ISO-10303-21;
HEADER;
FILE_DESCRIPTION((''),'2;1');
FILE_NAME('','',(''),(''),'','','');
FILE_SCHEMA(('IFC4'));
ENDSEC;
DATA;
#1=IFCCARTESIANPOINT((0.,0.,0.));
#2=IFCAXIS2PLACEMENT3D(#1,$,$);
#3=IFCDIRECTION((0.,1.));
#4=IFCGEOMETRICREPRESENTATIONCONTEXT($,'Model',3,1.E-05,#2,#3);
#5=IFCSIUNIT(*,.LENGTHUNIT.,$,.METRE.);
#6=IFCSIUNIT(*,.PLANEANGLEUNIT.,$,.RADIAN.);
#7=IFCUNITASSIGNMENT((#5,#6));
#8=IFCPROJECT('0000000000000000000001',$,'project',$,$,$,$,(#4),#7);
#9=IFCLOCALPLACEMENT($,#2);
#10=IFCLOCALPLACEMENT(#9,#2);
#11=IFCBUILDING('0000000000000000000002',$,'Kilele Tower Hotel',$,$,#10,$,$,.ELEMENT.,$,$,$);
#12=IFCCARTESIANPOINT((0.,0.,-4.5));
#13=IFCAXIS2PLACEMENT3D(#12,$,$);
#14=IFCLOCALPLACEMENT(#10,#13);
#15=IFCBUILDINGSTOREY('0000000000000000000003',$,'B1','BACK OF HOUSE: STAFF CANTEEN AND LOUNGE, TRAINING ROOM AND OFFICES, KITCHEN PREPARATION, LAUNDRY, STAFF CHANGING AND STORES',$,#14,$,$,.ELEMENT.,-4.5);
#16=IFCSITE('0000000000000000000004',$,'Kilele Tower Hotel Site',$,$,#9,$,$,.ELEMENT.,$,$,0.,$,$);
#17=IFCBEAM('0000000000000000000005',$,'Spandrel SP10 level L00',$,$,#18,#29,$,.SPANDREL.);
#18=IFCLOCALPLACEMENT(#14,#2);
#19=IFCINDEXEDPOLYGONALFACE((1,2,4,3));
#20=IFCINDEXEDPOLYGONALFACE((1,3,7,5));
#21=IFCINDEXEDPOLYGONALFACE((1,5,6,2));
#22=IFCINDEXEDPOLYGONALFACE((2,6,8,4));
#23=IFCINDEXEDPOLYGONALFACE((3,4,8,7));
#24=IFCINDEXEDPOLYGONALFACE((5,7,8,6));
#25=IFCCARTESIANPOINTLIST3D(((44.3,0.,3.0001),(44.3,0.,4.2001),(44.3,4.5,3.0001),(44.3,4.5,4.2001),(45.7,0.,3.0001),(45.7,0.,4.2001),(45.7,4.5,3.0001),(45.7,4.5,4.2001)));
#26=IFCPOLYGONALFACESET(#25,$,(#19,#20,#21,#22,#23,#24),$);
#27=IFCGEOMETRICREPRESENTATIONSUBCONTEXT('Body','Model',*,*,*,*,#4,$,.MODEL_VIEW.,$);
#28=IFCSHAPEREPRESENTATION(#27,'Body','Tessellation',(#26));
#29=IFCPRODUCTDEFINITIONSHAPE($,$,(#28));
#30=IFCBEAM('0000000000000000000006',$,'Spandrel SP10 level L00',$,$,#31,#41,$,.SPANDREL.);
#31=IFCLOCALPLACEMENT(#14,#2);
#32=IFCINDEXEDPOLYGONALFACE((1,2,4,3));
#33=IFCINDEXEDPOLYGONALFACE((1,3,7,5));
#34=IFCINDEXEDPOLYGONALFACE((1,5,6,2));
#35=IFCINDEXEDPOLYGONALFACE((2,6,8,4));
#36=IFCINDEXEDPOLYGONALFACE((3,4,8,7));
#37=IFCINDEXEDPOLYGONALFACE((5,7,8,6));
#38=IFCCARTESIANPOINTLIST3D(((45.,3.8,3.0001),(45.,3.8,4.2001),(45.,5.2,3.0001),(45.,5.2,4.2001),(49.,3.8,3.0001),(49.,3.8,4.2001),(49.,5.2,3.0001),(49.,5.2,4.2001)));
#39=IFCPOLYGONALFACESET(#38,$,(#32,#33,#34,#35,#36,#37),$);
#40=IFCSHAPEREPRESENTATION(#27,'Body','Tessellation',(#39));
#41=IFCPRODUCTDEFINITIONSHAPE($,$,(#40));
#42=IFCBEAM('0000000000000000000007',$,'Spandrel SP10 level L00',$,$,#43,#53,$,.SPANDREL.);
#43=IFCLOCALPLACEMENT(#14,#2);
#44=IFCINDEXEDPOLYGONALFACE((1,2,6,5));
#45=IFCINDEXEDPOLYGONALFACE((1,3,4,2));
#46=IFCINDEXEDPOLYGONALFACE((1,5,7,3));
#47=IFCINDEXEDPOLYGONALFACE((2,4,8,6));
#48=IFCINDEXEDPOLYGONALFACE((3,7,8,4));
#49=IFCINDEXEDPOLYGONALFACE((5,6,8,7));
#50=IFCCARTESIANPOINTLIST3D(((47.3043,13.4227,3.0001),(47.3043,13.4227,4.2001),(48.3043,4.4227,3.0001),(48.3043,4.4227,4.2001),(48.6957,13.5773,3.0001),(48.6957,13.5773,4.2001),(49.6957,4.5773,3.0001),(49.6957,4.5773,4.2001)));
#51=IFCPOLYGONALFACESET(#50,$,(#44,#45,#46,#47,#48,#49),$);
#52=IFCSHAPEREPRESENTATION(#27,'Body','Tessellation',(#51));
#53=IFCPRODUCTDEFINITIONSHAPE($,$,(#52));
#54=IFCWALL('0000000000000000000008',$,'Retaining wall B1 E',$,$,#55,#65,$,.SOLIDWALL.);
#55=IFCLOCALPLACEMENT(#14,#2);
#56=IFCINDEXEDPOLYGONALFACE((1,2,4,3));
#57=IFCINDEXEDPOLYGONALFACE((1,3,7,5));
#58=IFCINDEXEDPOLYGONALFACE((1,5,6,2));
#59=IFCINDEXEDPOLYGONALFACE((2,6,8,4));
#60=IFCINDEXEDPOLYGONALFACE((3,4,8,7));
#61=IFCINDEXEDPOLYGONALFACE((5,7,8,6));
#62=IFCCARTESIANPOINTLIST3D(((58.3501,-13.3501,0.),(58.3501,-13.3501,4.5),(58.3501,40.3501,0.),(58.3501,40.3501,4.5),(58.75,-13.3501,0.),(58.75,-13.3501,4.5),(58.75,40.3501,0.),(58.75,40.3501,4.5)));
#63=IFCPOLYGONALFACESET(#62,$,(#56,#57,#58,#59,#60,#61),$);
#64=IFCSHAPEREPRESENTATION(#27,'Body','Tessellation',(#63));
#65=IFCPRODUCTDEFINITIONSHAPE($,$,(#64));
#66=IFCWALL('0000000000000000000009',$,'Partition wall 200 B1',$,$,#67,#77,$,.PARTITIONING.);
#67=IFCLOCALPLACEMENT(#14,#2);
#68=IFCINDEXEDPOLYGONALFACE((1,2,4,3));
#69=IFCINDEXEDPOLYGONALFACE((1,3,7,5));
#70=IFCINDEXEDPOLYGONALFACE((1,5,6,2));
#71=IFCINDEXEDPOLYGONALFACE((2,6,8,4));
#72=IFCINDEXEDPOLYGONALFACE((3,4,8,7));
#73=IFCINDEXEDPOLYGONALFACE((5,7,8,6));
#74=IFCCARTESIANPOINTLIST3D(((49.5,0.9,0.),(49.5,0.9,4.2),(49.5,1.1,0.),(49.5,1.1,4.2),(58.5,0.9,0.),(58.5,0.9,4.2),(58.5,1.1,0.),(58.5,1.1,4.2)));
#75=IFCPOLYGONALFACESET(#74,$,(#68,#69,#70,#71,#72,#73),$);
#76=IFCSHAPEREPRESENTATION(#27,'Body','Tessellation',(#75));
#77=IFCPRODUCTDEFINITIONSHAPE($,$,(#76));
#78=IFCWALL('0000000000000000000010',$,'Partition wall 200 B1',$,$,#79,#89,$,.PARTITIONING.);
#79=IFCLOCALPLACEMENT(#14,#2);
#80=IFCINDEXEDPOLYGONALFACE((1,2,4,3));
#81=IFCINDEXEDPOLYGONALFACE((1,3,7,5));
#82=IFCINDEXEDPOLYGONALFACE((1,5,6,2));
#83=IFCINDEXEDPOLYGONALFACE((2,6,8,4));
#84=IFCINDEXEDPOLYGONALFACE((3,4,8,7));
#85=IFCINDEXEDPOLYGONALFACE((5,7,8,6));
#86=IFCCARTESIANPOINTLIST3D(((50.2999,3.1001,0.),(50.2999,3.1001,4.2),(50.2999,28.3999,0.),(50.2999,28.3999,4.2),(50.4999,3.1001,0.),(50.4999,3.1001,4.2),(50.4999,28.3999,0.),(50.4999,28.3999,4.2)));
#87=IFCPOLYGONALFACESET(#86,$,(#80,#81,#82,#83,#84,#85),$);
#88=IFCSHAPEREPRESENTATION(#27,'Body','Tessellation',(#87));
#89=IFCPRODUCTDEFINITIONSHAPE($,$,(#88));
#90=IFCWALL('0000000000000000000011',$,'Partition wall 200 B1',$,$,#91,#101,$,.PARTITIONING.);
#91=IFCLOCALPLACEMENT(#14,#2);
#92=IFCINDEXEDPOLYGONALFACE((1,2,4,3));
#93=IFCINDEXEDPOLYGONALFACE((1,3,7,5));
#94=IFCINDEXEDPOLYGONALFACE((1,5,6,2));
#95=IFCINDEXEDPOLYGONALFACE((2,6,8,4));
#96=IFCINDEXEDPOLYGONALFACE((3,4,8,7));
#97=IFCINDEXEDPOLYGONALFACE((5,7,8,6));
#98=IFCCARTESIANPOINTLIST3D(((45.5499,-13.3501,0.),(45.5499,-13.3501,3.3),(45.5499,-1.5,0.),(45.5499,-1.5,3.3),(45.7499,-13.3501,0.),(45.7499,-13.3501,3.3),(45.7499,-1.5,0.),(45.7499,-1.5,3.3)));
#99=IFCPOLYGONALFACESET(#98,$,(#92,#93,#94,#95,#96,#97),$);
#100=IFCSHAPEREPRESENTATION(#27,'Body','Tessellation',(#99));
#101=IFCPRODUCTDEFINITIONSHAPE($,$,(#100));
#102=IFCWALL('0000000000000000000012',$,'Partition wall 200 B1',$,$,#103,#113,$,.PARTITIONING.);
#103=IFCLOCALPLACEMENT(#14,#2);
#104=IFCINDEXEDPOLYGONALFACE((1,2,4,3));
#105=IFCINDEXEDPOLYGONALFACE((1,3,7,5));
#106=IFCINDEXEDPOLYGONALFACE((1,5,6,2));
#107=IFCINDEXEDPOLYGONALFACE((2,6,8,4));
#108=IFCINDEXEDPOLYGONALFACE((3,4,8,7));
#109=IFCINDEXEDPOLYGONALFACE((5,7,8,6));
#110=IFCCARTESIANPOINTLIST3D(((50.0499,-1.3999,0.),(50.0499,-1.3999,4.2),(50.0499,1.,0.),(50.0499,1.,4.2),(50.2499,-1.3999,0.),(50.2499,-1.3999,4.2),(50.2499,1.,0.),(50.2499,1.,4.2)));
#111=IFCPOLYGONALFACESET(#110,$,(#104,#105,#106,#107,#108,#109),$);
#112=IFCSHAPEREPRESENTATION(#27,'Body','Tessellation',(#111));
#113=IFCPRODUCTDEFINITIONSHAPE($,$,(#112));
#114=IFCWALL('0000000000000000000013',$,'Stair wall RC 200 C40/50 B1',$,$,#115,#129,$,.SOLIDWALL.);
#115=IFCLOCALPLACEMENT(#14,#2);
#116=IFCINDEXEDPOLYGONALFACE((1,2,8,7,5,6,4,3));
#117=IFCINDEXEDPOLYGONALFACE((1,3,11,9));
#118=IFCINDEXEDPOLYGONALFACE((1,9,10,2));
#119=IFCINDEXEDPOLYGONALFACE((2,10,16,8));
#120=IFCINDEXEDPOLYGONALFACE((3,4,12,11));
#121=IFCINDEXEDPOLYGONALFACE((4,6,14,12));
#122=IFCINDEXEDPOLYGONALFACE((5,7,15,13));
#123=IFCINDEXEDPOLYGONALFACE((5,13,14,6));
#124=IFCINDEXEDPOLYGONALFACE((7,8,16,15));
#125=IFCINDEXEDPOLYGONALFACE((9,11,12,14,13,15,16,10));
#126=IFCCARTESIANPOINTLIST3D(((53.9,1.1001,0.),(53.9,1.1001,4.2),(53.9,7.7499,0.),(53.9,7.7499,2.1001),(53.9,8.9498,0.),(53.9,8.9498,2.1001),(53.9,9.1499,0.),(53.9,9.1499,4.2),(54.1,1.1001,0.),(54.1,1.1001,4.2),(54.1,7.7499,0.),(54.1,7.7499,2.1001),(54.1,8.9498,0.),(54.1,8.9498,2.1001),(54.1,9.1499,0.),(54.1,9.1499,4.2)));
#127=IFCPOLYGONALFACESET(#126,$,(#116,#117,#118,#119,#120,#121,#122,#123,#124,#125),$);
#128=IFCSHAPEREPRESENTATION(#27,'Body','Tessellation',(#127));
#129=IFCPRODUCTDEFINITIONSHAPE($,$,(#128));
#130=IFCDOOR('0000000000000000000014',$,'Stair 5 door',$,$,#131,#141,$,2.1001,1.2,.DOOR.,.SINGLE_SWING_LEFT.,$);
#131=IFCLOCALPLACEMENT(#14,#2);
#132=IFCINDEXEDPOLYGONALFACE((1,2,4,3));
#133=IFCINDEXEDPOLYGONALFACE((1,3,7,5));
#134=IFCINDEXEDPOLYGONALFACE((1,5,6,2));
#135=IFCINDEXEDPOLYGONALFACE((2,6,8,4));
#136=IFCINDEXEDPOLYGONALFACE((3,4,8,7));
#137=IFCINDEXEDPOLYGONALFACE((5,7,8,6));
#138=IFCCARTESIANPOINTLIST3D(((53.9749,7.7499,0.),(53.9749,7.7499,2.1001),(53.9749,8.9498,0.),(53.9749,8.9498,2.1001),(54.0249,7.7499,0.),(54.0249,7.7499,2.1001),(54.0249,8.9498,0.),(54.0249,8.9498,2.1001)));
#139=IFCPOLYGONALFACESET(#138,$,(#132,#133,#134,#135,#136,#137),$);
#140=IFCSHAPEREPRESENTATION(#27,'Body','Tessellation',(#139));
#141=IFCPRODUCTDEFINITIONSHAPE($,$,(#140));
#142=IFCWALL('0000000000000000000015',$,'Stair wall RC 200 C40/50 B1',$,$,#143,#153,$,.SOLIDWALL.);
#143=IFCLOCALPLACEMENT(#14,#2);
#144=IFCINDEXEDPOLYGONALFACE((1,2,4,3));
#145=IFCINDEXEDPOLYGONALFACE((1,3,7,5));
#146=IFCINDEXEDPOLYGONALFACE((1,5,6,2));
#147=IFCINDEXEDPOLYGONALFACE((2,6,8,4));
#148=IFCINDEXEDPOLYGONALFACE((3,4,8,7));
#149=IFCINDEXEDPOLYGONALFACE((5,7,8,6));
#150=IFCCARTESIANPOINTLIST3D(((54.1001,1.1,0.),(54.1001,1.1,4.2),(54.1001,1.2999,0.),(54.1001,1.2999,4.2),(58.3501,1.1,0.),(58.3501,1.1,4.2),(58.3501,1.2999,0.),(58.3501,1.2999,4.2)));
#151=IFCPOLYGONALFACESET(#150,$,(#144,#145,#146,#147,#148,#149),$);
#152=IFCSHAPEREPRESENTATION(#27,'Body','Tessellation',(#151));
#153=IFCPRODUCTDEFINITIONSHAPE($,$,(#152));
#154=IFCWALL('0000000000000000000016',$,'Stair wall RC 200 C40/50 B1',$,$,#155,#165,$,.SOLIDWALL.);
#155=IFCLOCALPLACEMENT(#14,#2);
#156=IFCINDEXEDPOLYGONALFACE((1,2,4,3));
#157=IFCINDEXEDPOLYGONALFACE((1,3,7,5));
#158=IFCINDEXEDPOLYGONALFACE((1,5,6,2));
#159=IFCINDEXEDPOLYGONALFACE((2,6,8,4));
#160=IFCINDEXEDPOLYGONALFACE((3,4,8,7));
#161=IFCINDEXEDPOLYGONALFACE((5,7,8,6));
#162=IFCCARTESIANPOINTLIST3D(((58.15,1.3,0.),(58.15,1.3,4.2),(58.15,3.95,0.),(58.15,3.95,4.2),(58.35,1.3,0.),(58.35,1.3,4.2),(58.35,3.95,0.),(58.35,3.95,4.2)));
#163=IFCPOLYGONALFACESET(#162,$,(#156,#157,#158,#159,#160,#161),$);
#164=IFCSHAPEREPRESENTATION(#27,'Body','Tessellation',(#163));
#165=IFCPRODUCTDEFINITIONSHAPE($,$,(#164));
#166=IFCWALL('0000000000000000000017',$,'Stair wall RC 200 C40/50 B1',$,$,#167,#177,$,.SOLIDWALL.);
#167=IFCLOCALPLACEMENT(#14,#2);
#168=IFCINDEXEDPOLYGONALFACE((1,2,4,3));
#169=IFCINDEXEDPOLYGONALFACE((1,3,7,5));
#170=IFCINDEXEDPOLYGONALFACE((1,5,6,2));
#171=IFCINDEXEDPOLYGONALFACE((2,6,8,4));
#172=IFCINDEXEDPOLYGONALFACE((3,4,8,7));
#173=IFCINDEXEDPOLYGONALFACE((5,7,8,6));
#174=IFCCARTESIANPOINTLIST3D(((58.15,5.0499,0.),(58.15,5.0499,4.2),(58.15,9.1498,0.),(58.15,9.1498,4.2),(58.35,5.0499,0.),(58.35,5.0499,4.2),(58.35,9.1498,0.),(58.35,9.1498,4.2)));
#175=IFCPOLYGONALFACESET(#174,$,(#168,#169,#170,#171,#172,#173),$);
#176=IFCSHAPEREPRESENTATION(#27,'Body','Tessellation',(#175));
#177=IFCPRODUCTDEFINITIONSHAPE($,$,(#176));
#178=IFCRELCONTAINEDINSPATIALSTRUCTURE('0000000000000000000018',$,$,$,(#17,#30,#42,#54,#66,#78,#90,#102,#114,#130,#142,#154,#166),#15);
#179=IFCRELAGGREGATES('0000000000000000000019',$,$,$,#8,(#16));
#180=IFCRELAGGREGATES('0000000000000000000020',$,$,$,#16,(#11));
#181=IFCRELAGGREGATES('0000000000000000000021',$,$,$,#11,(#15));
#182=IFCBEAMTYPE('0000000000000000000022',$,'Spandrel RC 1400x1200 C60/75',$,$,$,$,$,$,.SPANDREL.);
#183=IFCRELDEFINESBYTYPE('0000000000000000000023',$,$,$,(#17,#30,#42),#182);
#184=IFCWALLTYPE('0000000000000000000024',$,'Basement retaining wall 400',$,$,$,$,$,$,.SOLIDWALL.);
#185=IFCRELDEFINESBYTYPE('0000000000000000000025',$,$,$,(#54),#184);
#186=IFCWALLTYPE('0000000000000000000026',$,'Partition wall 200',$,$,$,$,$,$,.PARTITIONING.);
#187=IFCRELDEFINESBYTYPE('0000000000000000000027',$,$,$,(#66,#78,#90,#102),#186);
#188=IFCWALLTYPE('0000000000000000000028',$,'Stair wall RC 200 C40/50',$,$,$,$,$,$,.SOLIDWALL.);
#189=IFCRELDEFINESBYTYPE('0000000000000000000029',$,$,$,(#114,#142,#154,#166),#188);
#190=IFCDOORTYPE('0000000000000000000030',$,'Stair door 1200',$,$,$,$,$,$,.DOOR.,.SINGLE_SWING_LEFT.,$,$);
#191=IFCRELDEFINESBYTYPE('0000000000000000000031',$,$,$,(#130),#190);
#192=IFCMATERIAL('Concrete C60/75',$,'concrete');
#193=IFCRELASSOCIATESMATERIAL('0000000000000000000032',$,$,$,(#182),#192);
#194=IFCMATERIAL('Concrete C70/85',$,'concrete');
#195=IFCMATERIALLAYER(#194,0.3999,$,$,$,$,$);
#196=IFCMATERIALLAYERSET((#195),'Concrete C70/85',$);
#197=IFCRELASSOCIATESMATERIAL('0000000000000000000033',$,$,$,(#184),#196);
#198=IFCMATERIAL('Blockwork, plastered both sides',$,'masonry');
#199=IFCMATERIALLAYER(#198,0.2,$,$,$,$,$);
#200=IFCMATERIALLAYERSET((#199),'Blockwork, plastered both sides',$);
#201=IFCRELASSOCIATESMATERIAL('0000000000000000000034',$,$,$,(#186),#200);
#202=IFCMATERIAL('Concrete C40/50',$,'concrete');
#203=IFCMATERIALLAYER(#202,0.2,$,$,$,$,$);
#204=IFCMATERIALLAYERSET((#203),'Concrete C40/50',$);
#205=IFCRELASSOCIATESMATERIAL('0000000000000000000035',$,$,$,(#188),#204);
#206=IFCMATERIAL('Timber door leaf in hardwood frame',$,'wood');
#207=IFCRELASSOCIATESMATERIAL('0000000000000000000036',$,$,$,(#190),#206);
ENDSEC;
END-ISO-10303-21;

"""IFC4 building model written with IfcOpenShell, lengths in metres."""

from ifc_helpers import new_model, si_unit, direction, frame, frame_2d, origin, origin_2d, place, context, subcontext, project, spatial, rectangle, extrude, material, layer, layer_set, material_profile, profile_set, type_object, element, fill, save


model = new_model("IFC4")

# Units and contexts
model_context = context("Model", 3, precision=1e-05, world=origin(), true_north=direction((0.0, 1.0)))
body_context = subcontext(model_context, "Body", "Model", "MODEL_VIEW")
ifc_project = project(units=[si_unit("LENGTHUNIT", "METRE"), si_unit("PLANEANGLEUNIT", "RADIAN")], contexts=[model_context])

# Site, building, storey
site_placement = place(None, origin())
site = spatial("IfcSite", under=ifc_project, at=site_placement, Name="Kilele Tower Hotel Site", CompositionType="ELEMENT", RefElevation=0.0)
building_placement = place(site_placement, origin())
building = spatial("IfcBuilding", under=site, at=building_placement, Name="Kilele Tower Hotel", CompositionType="ELEMENT")
storey_placement = place(building_placement, frame((0.0, 0.0, -4.5)))
storey = spatial("IfcBuildingStorey", under=building, at=storey_placement, Name="B1", Description="BACK OF HOUSE: STAFF CANTEEN AND LOUNGE, TRAINING ROOM AND OFFICES, KITCHEN PREPARATION, LAUNDRY, STAFF CHANGING AND STORES", CompositionType="ELEMENT", Elevation=-4.5)

# Beams
ifc_material_1 = material(Name="Concrete C60/75", Category="concrete")
ifc_material_profile_1 = material_profile(ifc_material_1, rectangle(XDim=1.3999, YDim=1.2, at=origin_2d()))
ifc_profile_set_1 = profile_set([ifc_material_profile_1], Name="Concrete C60/75")
beam_type_1 = type_object("IfcBeamType", Name="Spandrel RC 1400x1200 C60/75", PredefinedType="SPANDREL", material=ifc_profile_set_1)
beam_1_placement = place(storey_placement, frame((45.0, 0.0, 3.6001), z_axis=(0.0, 1.0, 0.0), x_axis=(-1.0, 0.0, 0.0)))
element("IfcBeam", 1, at=beam_1_placement, inside=storey, type_object=beam_type_1, Name="Spandrel SP10 level L00", PredefinedType="SPANDREL", context=body_context, shape_type="SweptSolid", body=[
    extrude(rectangle(XDim=1.3999, YDim=1.2, at=origin_2d()), origin(), (0.0, 0.0, 1.0), 4.5),
])
beam_2_placement = place(storey_placement, frame((45.0, 4.5, 3.6001), z_axis=(1.0, 0.0, 0.0), x_axis=(0.0, 1.0, 0.0)))
element("IfcBeam", 2, at=beam_2_placement, inside=storey, type_object=beam_type_1, Name="Spandrel SP10 level L00", PredefinedType="SPANDREL", context=body_context, shape_type="SweptSolid", body=[
    extrude(rectangle(XDim=1.3999, YDim=1.2, at=origin_2d()), origin(), (0.0, 0.0, 1.0), 4.0),
])
beam_3_placement = place(storey_placement, frame((49.0, 4.5, 3.6001), z_axis=(-0.110432, 0.993884, 0.0), x_axis=(-0.993884, -0.110432, 0.0)))
element("IfcBeam", 3, at=beam_3_placement, inside=storey, type_object=beam_type_1, Name="Spandrel SP10 level L00", PredefinedType="SPANDREL", context=body_context, shape_type="SweptSolid", body=[
    extrude(rectangle(XDim=1.3999, YDim=1.2, at=origin_2d()), origin(), (0.0, 0.0, 1.0), 9.0554),
])

# Walls
ifc_material_2 = material(Name="Concrete C70/85", Category="concrete")
ifc_layer_1 = layer(ifc_material_2, 0.3999)
ifc_layer_set_1 = layer_set([ifc_layer_1], Name="Concrete C70/85")
wall_type_1 = type_object("IfcWallType", Name="Basement retaining wall 400", PredefinedType="SOLIDWALL", material=ifc_layer_set_1)
wall_1_placement = place(storey_placement, frame((58.55, -13.3501, 0.0), z_axis=(0.0, 0.0, 1.0), x_axis=(0.0, 1.0, 0.0)))
element("IfcWall", 4, at=wall_1_placement, inside=storey, type_object=wall_type_1, Name="Retaining wall B1 E", PredefinedType="SOLIDWALL", context=body_context, shape_type="SweptSolid", body=[
    extrude(rectangle(XDim=53.7002, YDim=0.3999, at=frame_2d((26.8501, 0.0))), origin(), (0.0, 0.0, 1.0), 4.5),
])
ifc_material_3 = material(Name="Blockwork, plastered both sides", Category="masonry")
ifc_layer_2 = layer(ifc_material_3, 0.2)
ifc_layer_set_2 = layer_set([ifc_layer_2], Name="Blockwork, plastered both sides")
wall_type_2 = type_object("IfcWallType", Name="Partition wall 200", PredefinedType="PARTITIONING", material=ifc_layer_set_2)
wall_2_placement = place(storey_placement, frame((49.5, 1.0, 0.0), z_axis=(0.0, 0.0, 1.0), x_axis=(1.0, 0.0, 0.0)))
element("IfcWall", 5, at=wall_2_placement, inside=storey, type_object=wall_type_2, Name="Partition wall 200 B1", PredefinedType="PARTITIONING", context=body_context, shape_type="SweptSolid", body=[
    extrude(rectangle(XDim=9.0, YDim=0.2, at=frame_2d((4.5, 0.0))), origin(), (0.0, 0.0, 1.0), 4.2),
])
wall_3_placement = place(storey_placement, frame((50.3999, 3.1001, 0.0), z_axis=(0.0, 0.0, 1.0), x_axis=(0.0, 1.0, 0.0)))
element("IfcWall", 6, at=wall_3_placement, inside=storey, type_object=wall_type_2, Name="Partition wall 200 B1", PredefinedType="PARTITIONING", context=body_context, shape_type="SweptSolid", body=[
    extrude(rectangle(XDim=25.2998, YDim=0.2, at=frame_2d((12.6499, 0.0))), origin(), (0.0, 0.0, 1.0), 4.2),
])
wall_4_placement = place(storey_placement, frame((45.6499, -13.3501, 0.0), z_axis=(0.0, 0.0, 1.0), x_axis=(0.0, 1.0, 0.0)))
element("IfcWall", 7, at=wall_4_placement, inside=storey, type_object=wall_type_2, Name="Partition wall 200 B1", PredefinedType="PARTITIONING", context=body_context, shape_type="SweptSolid", body=[
    extrude(rectangle(XDim=11.8501, YDim=0.2, at=frame_2d((5.925, 0.0))), origin(), (0.0, 0.0, 1.0), 3.3),
])
wall_5_placement = place(storey_placement, frame((50.1499, -1.3999, 0.0), z_axis=(0.0, 0.0, 1.0), x_axis=(0.0, 1.0, 0.0)))
element("IfcWall", 8, at=wall_5_placement, inside=storey, type_object=wall_type_2, Name="Partition wall 200 B1", PredefinedType="PARTITIONING", context=body_context, shape_type="SweptSolid", body=[
    extrude(rectangle(XDim=2.3999, YDim=0.2, at=frame_2d((1.2, 0.0))), origin(), (0.0, 0.0, 1.0), 4.2),
])

# Wall, opening, door
ifc_material_4 = material(Name="Concrete C40/50", Category="concrete")
ifc_layer_3 = layer(ifc_material_4, 0.2)
ifc_layer_set_3 = layer_set([ifc_layer_3], Name="Concrete C40/50")
wall_type_3 = type_object("IfcWallType", Name="Stair wall RC 200 C40/50", PredefinedType="SOLIDWALL", material=ifc_layer_set_3)
wall_6_placement = place(storey_placement, frame((54.0, 1.1001, 0.0), z_axis=(0.0, 0.0, 1.0), x_axis=(0.0, 1.0, 0.0)))
wall_6 = element("IfcWall", 9, at=wall_6_placement, inside=storey, type_object=wall_type_3, Name="Stair wall RC 200 C40/50 B1", PredefinedType="SOLIDWALL", context=body_context, shape_type="SweptSolid", body=[
    extrude(rectangle(XDim=8.0498, YDim=0.2, at=frame_2d((4.0249, 0.0))), origin(), (0.0, 0.0, 1.0), 4.2),
])
opening_placement = place(wall_6_placement, frame((7.8499, 0.0, 0.0), z_axis=(0.0, 0.0, 1.0), x_axis=(-1.0, 0.0, 0.0)))
opening = element("IfcOpeningElement", 10, at=opening_placement, cuts=wall_6, PredefinedType="OPENING", context=body_context, shape_type="SweptSolid", body=[
    extrude(rectangle(XDim=1.2, YDim=2.1001, at=frame_2d((0.6001, 1.05))), frame((0.0, 0.1099, 0.0), z_axis=(0.0, -1.0, 0.0), x_axis=(1.0, 0.0, 0.0)), (0.0, 0.0, 1.0), 0.22),
])
ifc_material_5 = material(Name="Timber door leaf in hardwood frame", Category="wood")
door_type = type_object("IfcDoorType", Name="Stair door 1200", OperationType="SINGLE_SWING_LEFT", PredefinedType="DOOR", material=ifc_material_5)
door_placement = place(opening_placement, origin())
door = element("IfcDoor", 11, at=door_placement, inside=storey, type_object=door_type, Name="Stair 5 door", OperationType="SINGLE_SWING_LEFT", OverallHeight=2.1001, OverallWidth=1.2, PredefinedType="DOOR", context=body_context, shape_type="SweptSolid", body=[
    extrude(rectangle(XDim=1.2, YDim=2.1001, at=frame_2d((0.6001, 1.05))), frame((0.0, 0.0249, 0.0), z_axis=(0.0, -1.0, 0.0), x_axis=(1.0, 0.0, 0.0)), (0.0, 0.0, 1.0), 0.05),
])
fill(opening, door)

# Walls
wall_7_placement = place(storey_placement, frame((54.1001, 1.2, 0.0), z_axis=(0.0, 0.0, 1.0), x_axis=(1.0, 0.0, 0.0)))
element("IfcWall", 12, at=wall_7_placement, inside=storey, type_object=wall_type_3, Name="Stair wall RC 200 C40/50 B1", PredefinedType="SOLIDWALL", context=body_context, shape_type="SweptSolid", body=[
    extrude(rectangle(XDim=4.25, YDim=0.2, at=frame_2d((2.125, 0.0))), origin(), (0.0, 0.0, 1.0), 4.2),
])
wall_8_placement = place(storey_placement, frame((58.25, 1.3, 0.0), z_axis=(0.0, 0.0, 1.0), x_axis=(0.0, 1.0, 0.0)))
element("IfcWall", 13, at=wall_8_placement, inside=storey, type_object=wall_type_3, Name="Stair wall RC 200 C40/50 B1", PredefinedType="SOLIDWALL", context=body_context, shape_type="SweptSolid", body=[
    extrude(rectangle(XDim=2.6499, YDim=0.2, at=frame_2d((1.325, 0.0))), origin(), (0.0, 0.0, 1.0), 4.2),
])
wall_9_placement = place(storey_placement, frame((58.25, 5.05, 0.0), z_axis=(0.0, 0.0, 1.0), x_axis=(0.0, 1.0, 0.0)))
element("IfcWall", 14, at=wall_9_placement, inside=storey, type_object=wall_type_3, Name="Stair wall RC 200 C40/50 B1", PredefinedType="SOLIDWALL", context=body_context, shape_type="SweptSolid", body=[
    extrude(rectangle(XDim=4.0999, YDim=0.2, at=frame_2d((2.0498, 0.0))), origin(), (0.0, 0.0, 1.0), 4.2),
])

save(model, "model.ifc")
